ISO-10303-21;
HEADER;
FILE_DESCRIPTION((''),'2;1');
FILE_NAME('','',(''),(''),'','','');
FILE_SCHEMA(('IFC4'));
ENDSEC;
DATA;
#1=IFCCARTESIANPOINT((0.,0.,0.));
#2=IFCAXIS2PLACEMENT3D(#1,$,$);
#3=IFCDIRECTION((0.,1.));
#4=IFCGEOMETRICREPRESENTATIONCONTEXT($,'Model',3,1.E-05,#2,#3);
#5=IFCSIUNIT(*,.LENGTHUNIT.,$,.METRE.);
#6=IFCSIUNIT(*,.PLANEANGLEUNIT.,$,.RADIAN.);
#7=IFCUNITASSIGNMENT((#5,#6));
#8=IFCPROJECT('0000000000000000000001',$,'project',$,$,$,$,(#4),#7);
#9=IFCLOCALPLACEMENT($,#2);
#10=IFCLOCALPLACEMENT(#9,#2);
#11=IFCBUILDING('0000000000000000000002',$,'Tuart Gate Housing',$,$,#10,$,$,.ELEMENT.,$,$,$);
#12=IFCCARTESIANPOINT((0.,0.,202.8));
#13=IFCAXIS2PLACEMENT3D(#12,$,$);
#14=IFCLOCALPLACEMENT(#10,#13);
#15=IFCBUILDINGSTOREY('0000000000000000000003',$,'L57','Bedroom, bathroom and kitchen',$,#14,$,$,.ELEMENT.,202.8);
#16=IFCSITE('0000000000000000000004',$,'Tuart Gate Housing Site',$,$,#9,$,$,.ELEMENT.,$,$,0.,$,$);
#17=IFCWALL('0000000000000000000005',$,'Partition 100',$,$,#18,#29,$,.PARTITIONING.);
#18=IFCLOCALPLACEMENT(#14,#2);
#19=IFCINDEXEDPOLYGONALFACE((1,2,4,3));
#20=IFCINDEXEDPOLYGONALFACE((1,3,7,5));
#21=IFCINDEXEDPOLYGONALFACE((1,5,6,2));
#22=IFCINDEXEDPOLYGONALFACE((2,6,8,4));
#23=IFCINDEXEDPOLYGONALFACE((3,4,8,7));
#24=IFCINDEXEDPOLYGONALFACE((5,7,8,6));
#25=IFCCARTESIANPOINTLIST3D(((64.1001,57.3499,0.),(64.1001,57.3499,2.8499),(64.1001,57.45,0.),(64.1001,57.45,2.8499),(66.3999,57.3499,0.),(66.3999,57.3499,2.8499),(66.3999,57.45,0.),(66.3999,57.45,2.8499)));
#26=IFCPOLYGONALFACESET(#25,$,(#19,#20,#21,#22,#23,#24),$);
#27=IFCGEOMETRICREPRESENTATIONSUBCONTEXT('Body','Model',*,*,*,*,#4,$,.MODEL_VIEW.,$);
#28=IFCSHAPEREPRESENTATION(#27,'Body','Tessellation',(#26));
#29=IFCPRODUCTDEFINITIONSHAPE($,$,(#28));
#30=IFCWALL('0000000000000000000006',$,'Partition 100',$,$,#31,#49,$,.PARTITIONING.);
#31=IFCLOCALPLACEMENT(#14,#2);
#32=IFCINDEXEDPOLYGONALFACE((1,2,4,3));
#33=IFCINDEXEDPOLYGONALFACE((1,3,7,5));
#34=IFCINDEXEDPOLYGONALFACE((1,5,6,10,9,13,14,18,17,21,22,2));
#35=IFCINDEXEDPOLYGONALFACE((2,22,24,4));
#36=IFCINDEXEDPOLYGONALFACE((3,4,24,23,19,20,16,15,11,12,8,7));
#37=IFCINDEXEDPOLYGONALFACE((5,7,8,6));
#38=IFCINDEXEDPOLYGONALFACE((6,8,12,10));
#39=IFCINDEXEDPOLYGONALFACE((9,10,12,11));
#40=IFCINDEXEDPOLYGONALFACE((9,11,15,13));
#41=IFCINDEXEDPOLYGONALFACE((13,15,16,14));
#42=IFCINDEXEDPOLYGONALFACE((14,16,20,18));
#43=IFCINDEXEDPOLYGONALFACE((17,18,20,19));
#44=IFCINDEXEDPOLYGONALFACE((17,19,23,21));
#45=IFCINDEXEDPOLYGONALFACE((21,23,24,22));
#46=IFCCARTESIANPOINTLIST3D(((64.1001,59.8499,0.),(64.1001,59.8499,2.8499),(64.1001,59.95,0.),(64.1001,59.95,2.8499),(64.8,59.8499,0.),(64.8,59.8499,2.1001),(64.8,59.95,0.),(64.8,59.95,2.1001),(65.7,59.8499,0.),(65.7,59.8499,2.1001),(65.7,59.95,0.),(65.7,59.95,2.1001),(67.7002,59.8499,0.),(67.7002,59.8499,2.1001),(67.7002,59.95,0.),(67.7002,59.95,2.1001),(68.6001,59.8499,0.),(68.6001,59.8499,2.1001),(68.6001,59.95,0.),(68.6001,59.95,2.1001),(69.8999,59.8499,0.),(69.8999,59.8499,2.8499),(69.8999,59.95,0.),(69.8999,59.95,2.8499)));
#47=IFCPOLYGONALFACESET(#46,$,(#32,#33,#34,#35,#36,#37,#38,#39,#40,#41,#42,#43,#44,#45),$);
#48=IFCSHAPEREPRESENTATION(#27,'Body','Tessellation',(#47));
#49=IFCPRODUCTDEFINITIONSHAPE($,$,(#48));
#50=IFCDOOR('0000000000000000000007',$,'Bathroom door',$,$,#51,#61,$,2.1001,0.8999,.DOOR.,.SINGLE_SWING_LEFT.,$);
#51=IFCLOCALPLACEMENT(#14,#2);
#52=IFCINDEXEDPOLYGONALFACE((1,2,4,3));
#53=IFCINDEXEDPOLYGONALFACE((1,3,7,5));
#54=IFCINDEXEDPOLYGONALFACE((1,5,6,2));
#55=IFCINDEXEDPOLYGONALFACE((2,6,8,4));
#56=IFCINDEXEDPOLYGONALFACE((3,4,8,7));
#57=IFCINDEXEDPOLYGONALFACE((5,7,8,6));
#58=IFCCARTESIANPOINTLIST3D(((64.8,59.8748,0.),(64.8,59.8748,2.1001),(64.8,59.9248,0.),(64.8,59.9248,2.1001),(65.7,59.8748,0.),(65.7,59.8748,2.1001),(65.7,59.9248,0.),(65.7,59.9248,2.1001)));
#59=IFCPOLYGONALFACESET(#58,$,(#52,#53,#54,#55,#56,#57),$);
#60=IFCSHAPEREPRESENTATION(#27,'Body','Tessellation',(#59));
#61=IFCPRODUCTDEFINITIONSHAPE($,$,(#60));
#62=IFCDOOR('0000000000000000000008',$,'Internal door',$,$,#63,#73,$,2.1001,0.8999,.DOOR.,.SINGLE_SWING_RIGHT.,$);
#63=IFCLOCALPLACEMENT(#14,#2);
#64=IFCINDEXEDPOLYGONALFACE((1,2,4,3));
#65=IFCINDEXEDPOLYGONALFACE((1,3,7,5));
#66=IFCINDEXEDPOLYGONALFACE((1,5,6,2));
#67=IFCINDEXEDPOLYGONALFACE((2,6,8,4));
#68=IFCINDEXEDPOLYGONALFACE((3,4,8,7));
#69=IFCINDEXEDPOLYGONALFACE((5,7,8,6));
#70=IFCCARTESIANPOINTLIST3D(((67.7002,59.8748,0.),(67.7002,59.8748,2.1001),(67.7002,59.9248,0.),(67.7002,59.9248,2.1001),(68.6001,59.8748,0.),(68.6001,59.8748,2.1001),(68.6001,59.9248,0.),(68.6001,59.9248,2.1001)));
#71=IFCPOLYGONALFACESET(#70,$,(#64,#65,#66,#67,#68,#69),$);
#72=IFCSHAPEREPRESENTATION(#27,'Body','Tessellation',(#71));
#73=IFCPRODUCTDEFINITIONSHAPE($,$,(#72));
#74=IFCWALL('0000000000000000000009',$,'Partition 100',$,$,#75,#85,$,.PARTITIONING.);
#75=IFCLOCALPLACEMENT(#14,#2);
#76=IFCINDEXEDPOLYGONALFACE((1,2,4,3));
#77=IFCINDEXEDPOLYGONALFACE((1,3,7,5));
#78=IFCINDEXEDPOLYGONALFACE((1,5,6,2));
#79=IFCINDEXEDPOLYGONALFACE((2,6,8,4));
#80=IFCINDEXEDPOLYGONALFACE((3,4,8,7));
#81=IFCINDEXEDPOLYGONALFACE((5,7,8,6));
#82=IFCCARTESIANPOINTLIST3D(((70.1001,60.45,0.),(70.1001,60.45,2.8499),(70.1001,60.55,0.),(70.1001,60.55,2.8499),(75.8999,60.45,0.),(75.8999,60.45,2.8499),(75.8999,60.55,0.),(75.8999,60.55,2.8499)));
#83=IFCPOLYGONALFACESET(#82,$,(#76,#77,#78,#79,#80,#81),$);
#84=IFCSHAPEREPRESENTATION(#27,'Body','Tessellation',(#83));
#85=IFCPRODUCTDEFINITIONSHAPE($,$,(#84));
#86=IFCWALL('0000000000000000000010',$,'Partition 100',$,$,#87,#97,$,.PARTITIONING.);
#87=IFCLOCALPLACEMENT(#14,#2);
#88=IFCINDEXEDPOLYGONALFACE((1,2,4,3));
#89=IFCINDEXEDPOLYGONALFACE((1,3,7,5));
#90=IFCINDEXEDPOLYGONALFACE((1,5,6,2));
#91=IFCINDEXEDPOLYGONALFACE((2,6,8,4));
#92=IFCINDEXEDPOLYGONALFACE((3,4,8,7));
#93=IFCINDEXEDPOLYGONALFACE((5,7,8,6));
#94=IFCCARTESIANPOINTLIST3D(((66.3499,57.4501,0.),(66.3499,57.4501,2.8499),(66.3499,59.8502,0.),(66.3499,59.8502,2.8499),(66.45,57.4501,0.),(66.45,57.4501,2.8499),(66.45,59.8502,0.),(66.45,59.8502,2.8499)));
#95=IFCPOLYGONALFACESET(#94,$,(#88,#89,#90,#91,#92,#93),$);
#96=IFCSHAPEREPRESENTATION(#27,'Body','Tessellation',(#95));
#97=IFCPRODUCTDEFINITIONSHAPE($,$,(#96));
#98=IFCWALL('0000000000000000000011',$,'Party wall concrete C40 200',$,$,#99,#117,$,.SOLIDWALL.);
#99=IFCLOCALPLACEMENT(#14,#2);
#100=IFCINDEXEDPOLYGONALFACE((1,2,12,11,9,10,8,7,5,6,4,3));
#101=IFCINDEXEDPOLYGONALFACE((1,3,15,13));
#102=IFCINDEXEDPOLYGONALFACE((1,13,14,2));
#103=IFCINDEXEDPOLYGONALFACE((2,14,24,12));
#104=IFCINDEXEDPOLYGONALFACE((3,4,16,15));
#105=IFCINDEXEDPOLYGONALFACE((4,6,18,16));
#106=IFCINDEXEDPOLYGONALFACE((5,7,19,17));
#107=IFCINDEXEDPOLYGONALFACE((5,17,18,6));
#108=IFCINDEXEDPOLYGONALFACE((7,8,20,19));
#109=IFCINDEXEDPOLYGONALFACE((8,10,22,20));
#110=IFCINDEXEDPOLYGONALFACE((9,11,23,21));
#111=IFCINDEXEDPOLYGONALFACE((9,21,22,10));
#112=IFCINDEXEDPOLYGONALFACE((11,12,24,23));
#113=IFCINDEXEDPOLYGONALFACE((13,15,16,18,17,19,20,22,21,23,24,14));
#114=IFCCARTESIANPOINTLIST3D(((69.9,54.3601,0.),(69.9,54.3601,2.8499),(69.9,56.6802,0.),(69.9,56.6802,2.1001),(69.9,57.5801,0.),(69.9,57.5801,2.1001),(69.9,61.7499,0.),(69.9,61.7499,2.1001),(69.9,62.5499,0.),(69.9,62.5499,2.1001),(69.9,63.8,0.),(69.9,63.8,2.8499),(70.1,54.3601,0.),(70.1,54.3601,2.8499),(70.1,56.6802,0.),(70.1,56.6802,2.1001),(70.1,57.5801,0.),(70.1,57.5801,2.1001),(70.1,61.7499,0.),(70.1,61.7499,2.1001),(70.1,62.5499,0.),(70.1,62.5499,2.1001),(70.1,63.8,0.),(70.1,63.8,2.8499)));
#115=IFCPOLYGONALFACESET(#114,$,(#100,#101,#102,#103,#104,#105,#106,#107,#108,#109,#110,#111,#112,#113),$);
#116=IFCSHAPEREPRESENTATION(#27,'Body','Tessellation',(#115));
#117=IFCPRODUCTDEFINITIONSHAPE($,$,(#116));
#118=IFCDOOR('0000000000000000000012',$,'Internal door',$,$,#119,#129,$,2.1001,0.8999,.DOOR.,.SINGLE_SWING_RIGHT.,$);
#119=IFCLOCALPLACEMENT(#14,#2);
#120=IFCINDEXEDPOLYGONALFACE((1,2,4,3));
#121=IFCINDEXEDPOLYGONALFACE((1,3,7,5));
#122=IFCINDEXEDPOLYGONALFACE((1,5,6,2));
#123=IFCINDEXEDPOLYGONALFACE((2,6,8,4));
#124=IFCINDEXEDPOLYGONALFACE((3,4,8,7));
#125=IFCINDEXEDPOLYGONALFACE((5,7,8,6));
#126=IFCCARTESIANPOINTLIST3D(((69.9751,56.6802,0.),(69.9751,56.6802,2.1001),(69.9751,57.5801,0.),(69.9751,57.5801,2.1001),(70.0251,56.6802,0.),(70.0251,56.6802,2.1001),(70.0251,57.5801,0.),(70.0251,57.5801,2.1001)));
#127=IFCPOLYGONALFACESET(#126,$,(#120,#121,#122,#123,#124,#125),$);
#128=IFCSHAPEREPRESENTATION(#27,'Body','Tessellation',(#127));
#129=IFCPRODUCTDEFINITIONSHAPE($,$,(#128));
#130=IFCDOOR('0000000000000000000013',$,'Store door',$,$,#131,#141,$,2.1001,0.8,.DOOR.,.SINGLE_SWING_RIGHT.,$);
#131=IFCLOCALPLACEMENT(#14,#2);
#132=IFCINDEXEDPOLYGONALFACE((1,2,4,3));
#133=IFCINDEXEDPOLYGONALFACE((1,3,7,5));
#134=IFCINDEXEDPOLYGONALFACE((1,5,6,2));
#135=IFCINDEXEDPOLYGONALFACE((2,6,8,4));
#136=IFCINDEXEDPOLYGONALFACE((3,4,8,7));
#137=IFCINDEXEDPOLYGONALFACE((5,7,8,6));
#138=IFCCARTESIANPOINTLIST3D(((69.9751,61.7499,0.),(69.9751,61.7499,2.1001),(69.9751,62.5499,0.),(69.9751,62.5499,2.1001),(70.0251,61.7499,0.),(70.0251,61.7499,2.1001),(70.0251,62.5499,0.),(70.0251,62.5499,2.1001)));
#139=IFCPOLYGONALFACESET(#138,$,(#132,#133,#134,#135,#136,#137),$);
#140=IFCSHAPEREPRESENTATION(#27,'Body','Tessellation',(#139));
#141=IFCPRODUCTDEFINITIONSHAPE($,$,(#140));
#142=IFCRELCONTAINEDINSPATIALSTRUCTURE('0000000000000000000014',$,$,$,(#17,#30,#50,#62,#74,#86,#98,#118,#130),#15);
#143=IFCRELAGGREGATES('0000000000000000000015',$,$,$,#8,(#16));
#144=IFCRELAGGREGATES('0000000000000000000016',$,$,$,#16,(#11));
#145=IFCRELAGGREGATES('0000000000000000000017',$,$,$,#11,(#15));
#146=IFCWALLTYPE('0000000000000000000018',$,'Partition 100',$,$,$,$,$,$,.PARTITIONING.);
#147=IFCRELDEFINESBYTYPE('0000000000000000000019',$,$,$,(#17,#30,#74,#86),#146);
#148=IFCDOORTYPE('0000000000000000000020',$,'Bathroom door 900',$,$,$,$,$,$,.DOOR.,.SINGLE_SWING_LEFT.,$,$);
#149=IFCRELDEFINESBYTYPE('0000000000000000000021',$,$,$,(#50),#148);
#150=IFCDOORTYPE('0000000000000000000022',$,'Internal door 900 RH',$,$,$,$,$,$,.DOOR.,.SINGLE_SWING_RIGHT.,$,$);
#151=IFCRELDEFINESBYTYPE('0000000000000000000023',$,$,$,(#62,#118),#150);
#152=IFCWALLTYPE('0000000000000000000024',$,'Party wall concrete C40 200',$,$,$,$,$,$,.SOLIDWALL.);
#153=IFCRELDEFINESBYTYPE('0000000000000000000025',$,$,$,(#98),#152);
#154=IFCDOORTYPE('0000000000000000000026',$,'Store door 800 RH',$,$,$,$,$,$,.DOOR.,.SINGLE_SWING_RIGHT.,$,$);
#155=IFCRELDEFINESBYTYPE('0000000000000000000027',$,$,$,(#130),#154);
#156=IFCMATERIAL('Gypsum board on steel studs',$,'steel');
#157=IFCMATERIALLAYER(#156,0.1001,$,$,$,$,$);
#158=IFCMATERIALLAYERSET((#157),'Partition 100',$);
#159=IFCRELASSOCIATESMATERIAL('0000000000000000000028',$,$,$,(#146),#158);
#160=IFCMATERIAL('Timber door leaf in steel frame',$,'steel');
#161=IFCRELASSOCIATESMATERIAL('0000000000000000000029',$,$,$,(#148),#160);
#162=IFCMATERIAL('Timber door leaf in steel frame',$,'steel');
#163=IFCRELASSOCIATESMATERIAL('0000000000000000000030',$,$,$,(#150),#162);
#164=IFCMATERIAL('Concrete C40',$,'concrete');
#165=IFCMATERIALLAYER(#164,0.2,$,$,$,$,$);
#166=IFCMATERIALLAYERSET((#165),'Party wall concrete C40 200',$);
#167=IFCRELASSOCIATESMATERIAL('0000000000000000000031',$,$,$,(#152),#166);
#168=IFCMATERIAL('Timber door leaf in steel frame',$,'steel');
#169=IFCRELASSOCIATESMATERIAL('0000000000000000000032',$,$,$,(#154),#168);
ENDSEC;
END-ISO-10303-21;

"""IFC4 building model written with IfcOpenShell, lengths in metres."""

from ifc_helpers import new_model, si_unit, direction, frame, frame_2d, origin, place, context, subcontext, project, spatial, rectangle, extrude, material, layer, layer_set, type_object, element, fill, save


model = new_model("IFC4")

# Units and contexts
model_context = context("Model", 3, precision=1e-05, world=origin(), true_north=direction((0.0, 1.0)))
body_context = subcontext(model_context, "Body", "Model", "MODEL_VIEW")
ifc_project = project(units=[si_unit("LENGTHUNIT", "METRE"), si_unit("PLANEANGLEUNIT", "RADIAN")], contexts=[model_context])

# Site, building, storey
site_placement = place(None, origin())
site = spatial("IfcSite", under=ifc_project, at=site_placement, Name="Tuart Gate Housing Site", CompositionType="ELEMENT", RefElevation=0.0)
building_placement = place(site_placement, origin())
building = spatial("IfcBuilding", under=site, at=building_placement, Name="Tuart Gate Housing", CompositionType="ELEMENT")
storey_placement = place(building_placement, frame((0.0, 0.0, 202.8)))
storey = spatial("IfcBuildingStorey", under=building, at=storey_placement, Name="L57", Description="Bedroom, bathroom and kitchen", CompositionType="ELEMENT", Elevation=202.8)

# Wall
ifc_material_1 = material(Name="Gypsum board on steel studs", Category="steel")
ifc_layer_1 = layer(ifc_material_1, 0.1001)
ifc_layer_set_1 = layer_set([ifc_layer_1], Name="Partition 100")
wall_type_1 = type_object("IfcWallType", Name="Partition 100", PredefinedType="PARTITIONING", material=ifc_layer_set_1)
wall_1_placement = place(storey_placement, frame((64.1001, 57.3999, 0.0), z_axis=(0.0, 0.0, 1.0), x_axis=(1.0, 0.0, 0.0)))
element("IfcWall", 1, at=wall_1_placement, inside=storey, type_object=wall_type_1, Name="Partition 100", PredefinedType="PARTITIONING", context=body_context, shape_type="SweptSolid", body=[
    extrude(rectangle(XDim=2.2998, YDim=0.1001, at=frame_2d((1.1499, 0.0))), origin(), (0.0, 0.0, 1.0), 2.8499),
])

# Wall, openings, doors
wall_2_placement = place(storey_placement, frame((64.1001, 59.8999, 0.0), z_axis=(0.0, 0.0, 1.0), x_axis=(1.0, 0.0, 0.0)))
wall_2 = element("IfcWall", 2, at=wall_2_placement, inside=storey, type_object=wall_type_1, Name="Partition 100", PredefinedType="PARTITIONING", context=body_context, shape_type="SweptSolid", body=[
    extrude(rectangle(XDim=5.7998, YDim=0.1001, at=frame_2d((2.8999, 0.0))), origin(), (0.0, 0.0, 1.0), 2.8499),
])
opening_1_placement = place(wall_2_placement, frame((3.6001, 0.0, 0.0)))
opening_1 = element("IfcOpeningElement", 3, at=opening_1_placement, cuts=wall_2, PredefinedType="OPENING", context=body_context, shape_type="SweptSolid", body=[
    extrude(rectangle(XDim=0.8999, YDim=2.1001, at=frame_2d((0.45, 1.05))), frame((0.0, 0.0601, 0.0), z_axis=(0.0, -1.0, 0.0), x_axis=(1.0, 0.0, 0.0)), (0.0, 0.0, 1.0), 0.1201),
])
opening_2_placement = place(wall_2_placement, frame((0.7, 0.0, 0.0)))
opening_2 = element("IfcOpeningElement", 4, at=opening_2_placement, cuts=wall_2, PredefinedType="OPENING", context=body_context, shape_type="SweptSolid", body=[
    extrude(rectangle(XDim=0.8999, YDim=2.1001, at=frame_2d((0.45, 1.05))), frame((0.0, 0.0601, 0.0), z_axis=(0.0, -1.0, 0.0), x_axis=(1.0, 0.0, 0.0)), (0.0, 0.0, 1.0), 0.1201),
])
ifc_material_2 = material(Name="Timber door leaf in steel frame", Category="steel")
door_type_1 = type_object("IfcDoorType", Name="Bathroom door 900", OperationType="SINGLE_SWING_LEFT", PredefinedType="DOOR", material=ifc_material_2)
door_1_placement = place(opening_2_placement, frame((0.8999, 0.0, 0.0), z_axis=(0.0, 0.0, 1.0), x_axis=(-1.0, 0.0, 0.0)))
door_1 = element("IfcDoor", 5, at=door_1_placement, inside=storey, type_object=door_type_1, Name="Bathroom door", OperationType="SINGLE_SWING_LEFT", OverallHeight=2.1001, OverallWidth=0.8999, PredefinedType="DOOR", context=body_context, shape_type="SweptSolid", body=[
    extrude(rectangle(XDim=0.8999, YDim=2.1001, at=frame_2d((0.45, 1.05))), frame((0.0, 0.0251, 0.0), z_axis=(0.0, -1.0, 0.0), x_axis=(1.0, 0.0, 0.0)), (0.0, 0.0, 1.0), 0.05),
])
fill(opening_2, door_1)
ifc_material_3 = material(Name="Timber door leaf in steel frame", Category="steel")
door_type_2 = type_object("IfcDoorType", Name="Internal door 900 RH", OperationType="SINGLE_SWING_RIGHT", PredefinedType="DOOR", material=ifc_material_3)
door_2_placement = place(opening_1_placement, origin())
door_2 = element("IfcDoor", 6, at=door_2_placement, inside=storey, type_object=door_type_2, Name="Internal door", OperationType="SINGLE_SWING_RIGHT", OverallHeight=2.1001, OverallWidth=0.8999, PredefinedType="DOOR", context=body_context, shape_type="SweptSolid", body=[
    extrude(rectangle(XDim=0.8999, YDim=2.1001, at=frame_2d((0.45, 1.05))), frame((0.0, 0.0249, 0.0), z_axis=(0.0, -1.0, 0.0), x_axis=(1.0, 0.0, 0.0)), (0.0, 0.0, 1.0), 0.05),
])
fill(opening_1, door_2)

# Walls
wall_3_placement = place(storey_placement, frame((70.1001, 60.5, 0.0), z_axis=(0.0, 0.0, 1.0), x_axis=(1.0, 0.0, 0.0)))
element("IfcWall", 7, at=wall_3_placement, inside=storey, type_object=wall_type_1, Name="Partition 100", PredefinedType="PARTITIONING", context=body_context, shape_type="SweptSolid", body=[
    extrude(rectangle(XDim=5.7998, YDim=0.1001, at=frame_2d((2.8999, 0.0))), origin(), (0.0, 0.0, 1.0), 2.8499),
])
wall_4_placement = place(storey_placement, frame((66.3999, 57.45, 0.0), z_axis=(0.0, 0.0, 1.0), x_axis=(0.0, 1.0, 0.0)))
element("IfcWall", 8, at=wall_4_placement, inside=storey, type_object=wall_type_1, Name="Partition 100", PredefinedType="PARTITIONING", context=body_context, shape_type="SweptSolid", body=[
    extrude(rectangle(XDim=2.4001, YDim=0.1001, at=frame_2d((1.2002, 0.0))), origin(), (0.0, 0.0, 1.0), 2.8499),
])

# Wall, openings, doors
ifc_material_4 = material(Name="Concrete C40", Category="concrete")
ifc_layer_2 = layer(ifc_material_4, 0.2)
ifc_layer_set_2 = layer_set([ifc_layer_2], Name="Party wall concrete C40 200")
wall_type_2 = type_object("IfcWallType", Name="Party wall concrete C40 200", PredefinedType="SOLIDWALL", material=ifc_layer_set_2)
wall_5_placement = place(storey_placement, frame((70.0, 54.3601, 0.0), z_axis=(0.0, 0.0, 1.0), x_axis=(0.0, 1.0, 0.0)))
wall_5 = element("IfcWall", 9, at=wall_5_placement, inside=storey, type_object=wall_type_2, Name="Party wall concrete C40 200", PredefinedType="SOLIDWALL", context=body_context, shape_type="SweptSolid", body=[
    extrude(rectangle(XDim=9.4399, YDim=0.2, at=frame_2d((4.72, 0.0))), origin(), (0.0, 0.0, 1.0), 2.8499),
])
opening_3_placement = place(wall_5_placement, frame((2.3201, 0.0, 0.0)))
opening_3 = element("IfcOpeningElement", 10, at=opening_3_placement, cuts=wall_5, PredefinedType="OPENING", context=body_context, shape_type="SweptSolid", body=[
    extrude(rectangle(XDim=0.8999, YDim=2.1001, at=frame_2d((0.45, 1.05))), frame((0.0, 0.1099, 0.0), z_axis=(0.0, -1.0, 0.0), x_axis=(1.0, 0.0, 0.0)), (0.0, 0.0, 1.0), 0.22),
])
opening_4_placement = place(wall_5_placement, frame((7.3899, 0.0, 0.0)))
opening_4 = element("IfcOpeningElement", 11, at=opening_4_placement, cuts=wall_5, PredefinedType="OPENING", context=body_context, shape_type="SweptSolid", body=[
    extrude(rectangle(XDim=0.8, YDim=2.1001, at=frame_2d((0.3999, 1.05))), frame((0.0, 0.1099, 0.0), z_axis=(0.0, -1.0, 0.0), x_axis=(1.0, 0.0, 0.0)), (0.0, 0.0, 1.0), 0.22),
])
door_3_placement = place(opening_3_placement, frame((0.8999, 0.0, 0.0), z_axis=(0.0, 0.0, 1.0), x_axis=(-1.0, 0.0, 0.0)))
door_3 = element("IfcDoor", 12, at=door_3_placement, inside=storey, type_object=door_type_2, Name="Internal door", OperationType="SINGLE_SWING_RIGHT", OverallHeight=2.1001, OverallWidth=0.8999, PredefinedType="DOOR", context=body_context, shape_type="SweptSolid", body=[
    extrude(rectangle(XDim=0.8999, YDim=2.1001, at=frame_2d((0.45, 1.05))), frame((0.0, 0.0251, 0.0), z_axis=(0.0, -1.0, 0.0), x_axis=(1.0, 0.0, 0.0)), (0.0, 0.0, 1.0), 0.05),
])
fill(opening_3, door_3)
ifc_material_5 = material(Name="Timber door leaf in steel frame", Category="steel")
door_type_3 = type_object("IfcDoorType", Name="Store door 800 RH", OperationType="SINGLE_SWING_RIGHT", PredefinedType="DOOR", material=ifc_material_5)
door_4_placement = place(opening_4_placement, frame((0.8, 0.0, 0.0), z_axis=(0.0, 0.0, 1.0), x_axis=(-1.0, 0.0, 0.0)))
door_4 = element("IfcDoor", 13, at=door_4_placement, inside=storey, type_object=door_type_3, Name="Store door", OperationType="SINGLE_SWING_RIGHT", OverallHeight=2.1001, OverallWidth=0.8, PredefinedType="DOOR", context=body_context, shape_type="SweptSolid", body=[
    extrude(rectangle(XDim=0.8, YDim=2.1001, at=frame_2d((0.4001, 1.05))), frame((0.0, 0.0251, 0.0), z_axis=(0.0, -1.0, 0.0), x_axis=(1.0, 0.0, 0.0)), (0.0, 0.0, 1.0), 0.05),
])
fill(opening_4, door_4)

save(model, "model.ifc")
